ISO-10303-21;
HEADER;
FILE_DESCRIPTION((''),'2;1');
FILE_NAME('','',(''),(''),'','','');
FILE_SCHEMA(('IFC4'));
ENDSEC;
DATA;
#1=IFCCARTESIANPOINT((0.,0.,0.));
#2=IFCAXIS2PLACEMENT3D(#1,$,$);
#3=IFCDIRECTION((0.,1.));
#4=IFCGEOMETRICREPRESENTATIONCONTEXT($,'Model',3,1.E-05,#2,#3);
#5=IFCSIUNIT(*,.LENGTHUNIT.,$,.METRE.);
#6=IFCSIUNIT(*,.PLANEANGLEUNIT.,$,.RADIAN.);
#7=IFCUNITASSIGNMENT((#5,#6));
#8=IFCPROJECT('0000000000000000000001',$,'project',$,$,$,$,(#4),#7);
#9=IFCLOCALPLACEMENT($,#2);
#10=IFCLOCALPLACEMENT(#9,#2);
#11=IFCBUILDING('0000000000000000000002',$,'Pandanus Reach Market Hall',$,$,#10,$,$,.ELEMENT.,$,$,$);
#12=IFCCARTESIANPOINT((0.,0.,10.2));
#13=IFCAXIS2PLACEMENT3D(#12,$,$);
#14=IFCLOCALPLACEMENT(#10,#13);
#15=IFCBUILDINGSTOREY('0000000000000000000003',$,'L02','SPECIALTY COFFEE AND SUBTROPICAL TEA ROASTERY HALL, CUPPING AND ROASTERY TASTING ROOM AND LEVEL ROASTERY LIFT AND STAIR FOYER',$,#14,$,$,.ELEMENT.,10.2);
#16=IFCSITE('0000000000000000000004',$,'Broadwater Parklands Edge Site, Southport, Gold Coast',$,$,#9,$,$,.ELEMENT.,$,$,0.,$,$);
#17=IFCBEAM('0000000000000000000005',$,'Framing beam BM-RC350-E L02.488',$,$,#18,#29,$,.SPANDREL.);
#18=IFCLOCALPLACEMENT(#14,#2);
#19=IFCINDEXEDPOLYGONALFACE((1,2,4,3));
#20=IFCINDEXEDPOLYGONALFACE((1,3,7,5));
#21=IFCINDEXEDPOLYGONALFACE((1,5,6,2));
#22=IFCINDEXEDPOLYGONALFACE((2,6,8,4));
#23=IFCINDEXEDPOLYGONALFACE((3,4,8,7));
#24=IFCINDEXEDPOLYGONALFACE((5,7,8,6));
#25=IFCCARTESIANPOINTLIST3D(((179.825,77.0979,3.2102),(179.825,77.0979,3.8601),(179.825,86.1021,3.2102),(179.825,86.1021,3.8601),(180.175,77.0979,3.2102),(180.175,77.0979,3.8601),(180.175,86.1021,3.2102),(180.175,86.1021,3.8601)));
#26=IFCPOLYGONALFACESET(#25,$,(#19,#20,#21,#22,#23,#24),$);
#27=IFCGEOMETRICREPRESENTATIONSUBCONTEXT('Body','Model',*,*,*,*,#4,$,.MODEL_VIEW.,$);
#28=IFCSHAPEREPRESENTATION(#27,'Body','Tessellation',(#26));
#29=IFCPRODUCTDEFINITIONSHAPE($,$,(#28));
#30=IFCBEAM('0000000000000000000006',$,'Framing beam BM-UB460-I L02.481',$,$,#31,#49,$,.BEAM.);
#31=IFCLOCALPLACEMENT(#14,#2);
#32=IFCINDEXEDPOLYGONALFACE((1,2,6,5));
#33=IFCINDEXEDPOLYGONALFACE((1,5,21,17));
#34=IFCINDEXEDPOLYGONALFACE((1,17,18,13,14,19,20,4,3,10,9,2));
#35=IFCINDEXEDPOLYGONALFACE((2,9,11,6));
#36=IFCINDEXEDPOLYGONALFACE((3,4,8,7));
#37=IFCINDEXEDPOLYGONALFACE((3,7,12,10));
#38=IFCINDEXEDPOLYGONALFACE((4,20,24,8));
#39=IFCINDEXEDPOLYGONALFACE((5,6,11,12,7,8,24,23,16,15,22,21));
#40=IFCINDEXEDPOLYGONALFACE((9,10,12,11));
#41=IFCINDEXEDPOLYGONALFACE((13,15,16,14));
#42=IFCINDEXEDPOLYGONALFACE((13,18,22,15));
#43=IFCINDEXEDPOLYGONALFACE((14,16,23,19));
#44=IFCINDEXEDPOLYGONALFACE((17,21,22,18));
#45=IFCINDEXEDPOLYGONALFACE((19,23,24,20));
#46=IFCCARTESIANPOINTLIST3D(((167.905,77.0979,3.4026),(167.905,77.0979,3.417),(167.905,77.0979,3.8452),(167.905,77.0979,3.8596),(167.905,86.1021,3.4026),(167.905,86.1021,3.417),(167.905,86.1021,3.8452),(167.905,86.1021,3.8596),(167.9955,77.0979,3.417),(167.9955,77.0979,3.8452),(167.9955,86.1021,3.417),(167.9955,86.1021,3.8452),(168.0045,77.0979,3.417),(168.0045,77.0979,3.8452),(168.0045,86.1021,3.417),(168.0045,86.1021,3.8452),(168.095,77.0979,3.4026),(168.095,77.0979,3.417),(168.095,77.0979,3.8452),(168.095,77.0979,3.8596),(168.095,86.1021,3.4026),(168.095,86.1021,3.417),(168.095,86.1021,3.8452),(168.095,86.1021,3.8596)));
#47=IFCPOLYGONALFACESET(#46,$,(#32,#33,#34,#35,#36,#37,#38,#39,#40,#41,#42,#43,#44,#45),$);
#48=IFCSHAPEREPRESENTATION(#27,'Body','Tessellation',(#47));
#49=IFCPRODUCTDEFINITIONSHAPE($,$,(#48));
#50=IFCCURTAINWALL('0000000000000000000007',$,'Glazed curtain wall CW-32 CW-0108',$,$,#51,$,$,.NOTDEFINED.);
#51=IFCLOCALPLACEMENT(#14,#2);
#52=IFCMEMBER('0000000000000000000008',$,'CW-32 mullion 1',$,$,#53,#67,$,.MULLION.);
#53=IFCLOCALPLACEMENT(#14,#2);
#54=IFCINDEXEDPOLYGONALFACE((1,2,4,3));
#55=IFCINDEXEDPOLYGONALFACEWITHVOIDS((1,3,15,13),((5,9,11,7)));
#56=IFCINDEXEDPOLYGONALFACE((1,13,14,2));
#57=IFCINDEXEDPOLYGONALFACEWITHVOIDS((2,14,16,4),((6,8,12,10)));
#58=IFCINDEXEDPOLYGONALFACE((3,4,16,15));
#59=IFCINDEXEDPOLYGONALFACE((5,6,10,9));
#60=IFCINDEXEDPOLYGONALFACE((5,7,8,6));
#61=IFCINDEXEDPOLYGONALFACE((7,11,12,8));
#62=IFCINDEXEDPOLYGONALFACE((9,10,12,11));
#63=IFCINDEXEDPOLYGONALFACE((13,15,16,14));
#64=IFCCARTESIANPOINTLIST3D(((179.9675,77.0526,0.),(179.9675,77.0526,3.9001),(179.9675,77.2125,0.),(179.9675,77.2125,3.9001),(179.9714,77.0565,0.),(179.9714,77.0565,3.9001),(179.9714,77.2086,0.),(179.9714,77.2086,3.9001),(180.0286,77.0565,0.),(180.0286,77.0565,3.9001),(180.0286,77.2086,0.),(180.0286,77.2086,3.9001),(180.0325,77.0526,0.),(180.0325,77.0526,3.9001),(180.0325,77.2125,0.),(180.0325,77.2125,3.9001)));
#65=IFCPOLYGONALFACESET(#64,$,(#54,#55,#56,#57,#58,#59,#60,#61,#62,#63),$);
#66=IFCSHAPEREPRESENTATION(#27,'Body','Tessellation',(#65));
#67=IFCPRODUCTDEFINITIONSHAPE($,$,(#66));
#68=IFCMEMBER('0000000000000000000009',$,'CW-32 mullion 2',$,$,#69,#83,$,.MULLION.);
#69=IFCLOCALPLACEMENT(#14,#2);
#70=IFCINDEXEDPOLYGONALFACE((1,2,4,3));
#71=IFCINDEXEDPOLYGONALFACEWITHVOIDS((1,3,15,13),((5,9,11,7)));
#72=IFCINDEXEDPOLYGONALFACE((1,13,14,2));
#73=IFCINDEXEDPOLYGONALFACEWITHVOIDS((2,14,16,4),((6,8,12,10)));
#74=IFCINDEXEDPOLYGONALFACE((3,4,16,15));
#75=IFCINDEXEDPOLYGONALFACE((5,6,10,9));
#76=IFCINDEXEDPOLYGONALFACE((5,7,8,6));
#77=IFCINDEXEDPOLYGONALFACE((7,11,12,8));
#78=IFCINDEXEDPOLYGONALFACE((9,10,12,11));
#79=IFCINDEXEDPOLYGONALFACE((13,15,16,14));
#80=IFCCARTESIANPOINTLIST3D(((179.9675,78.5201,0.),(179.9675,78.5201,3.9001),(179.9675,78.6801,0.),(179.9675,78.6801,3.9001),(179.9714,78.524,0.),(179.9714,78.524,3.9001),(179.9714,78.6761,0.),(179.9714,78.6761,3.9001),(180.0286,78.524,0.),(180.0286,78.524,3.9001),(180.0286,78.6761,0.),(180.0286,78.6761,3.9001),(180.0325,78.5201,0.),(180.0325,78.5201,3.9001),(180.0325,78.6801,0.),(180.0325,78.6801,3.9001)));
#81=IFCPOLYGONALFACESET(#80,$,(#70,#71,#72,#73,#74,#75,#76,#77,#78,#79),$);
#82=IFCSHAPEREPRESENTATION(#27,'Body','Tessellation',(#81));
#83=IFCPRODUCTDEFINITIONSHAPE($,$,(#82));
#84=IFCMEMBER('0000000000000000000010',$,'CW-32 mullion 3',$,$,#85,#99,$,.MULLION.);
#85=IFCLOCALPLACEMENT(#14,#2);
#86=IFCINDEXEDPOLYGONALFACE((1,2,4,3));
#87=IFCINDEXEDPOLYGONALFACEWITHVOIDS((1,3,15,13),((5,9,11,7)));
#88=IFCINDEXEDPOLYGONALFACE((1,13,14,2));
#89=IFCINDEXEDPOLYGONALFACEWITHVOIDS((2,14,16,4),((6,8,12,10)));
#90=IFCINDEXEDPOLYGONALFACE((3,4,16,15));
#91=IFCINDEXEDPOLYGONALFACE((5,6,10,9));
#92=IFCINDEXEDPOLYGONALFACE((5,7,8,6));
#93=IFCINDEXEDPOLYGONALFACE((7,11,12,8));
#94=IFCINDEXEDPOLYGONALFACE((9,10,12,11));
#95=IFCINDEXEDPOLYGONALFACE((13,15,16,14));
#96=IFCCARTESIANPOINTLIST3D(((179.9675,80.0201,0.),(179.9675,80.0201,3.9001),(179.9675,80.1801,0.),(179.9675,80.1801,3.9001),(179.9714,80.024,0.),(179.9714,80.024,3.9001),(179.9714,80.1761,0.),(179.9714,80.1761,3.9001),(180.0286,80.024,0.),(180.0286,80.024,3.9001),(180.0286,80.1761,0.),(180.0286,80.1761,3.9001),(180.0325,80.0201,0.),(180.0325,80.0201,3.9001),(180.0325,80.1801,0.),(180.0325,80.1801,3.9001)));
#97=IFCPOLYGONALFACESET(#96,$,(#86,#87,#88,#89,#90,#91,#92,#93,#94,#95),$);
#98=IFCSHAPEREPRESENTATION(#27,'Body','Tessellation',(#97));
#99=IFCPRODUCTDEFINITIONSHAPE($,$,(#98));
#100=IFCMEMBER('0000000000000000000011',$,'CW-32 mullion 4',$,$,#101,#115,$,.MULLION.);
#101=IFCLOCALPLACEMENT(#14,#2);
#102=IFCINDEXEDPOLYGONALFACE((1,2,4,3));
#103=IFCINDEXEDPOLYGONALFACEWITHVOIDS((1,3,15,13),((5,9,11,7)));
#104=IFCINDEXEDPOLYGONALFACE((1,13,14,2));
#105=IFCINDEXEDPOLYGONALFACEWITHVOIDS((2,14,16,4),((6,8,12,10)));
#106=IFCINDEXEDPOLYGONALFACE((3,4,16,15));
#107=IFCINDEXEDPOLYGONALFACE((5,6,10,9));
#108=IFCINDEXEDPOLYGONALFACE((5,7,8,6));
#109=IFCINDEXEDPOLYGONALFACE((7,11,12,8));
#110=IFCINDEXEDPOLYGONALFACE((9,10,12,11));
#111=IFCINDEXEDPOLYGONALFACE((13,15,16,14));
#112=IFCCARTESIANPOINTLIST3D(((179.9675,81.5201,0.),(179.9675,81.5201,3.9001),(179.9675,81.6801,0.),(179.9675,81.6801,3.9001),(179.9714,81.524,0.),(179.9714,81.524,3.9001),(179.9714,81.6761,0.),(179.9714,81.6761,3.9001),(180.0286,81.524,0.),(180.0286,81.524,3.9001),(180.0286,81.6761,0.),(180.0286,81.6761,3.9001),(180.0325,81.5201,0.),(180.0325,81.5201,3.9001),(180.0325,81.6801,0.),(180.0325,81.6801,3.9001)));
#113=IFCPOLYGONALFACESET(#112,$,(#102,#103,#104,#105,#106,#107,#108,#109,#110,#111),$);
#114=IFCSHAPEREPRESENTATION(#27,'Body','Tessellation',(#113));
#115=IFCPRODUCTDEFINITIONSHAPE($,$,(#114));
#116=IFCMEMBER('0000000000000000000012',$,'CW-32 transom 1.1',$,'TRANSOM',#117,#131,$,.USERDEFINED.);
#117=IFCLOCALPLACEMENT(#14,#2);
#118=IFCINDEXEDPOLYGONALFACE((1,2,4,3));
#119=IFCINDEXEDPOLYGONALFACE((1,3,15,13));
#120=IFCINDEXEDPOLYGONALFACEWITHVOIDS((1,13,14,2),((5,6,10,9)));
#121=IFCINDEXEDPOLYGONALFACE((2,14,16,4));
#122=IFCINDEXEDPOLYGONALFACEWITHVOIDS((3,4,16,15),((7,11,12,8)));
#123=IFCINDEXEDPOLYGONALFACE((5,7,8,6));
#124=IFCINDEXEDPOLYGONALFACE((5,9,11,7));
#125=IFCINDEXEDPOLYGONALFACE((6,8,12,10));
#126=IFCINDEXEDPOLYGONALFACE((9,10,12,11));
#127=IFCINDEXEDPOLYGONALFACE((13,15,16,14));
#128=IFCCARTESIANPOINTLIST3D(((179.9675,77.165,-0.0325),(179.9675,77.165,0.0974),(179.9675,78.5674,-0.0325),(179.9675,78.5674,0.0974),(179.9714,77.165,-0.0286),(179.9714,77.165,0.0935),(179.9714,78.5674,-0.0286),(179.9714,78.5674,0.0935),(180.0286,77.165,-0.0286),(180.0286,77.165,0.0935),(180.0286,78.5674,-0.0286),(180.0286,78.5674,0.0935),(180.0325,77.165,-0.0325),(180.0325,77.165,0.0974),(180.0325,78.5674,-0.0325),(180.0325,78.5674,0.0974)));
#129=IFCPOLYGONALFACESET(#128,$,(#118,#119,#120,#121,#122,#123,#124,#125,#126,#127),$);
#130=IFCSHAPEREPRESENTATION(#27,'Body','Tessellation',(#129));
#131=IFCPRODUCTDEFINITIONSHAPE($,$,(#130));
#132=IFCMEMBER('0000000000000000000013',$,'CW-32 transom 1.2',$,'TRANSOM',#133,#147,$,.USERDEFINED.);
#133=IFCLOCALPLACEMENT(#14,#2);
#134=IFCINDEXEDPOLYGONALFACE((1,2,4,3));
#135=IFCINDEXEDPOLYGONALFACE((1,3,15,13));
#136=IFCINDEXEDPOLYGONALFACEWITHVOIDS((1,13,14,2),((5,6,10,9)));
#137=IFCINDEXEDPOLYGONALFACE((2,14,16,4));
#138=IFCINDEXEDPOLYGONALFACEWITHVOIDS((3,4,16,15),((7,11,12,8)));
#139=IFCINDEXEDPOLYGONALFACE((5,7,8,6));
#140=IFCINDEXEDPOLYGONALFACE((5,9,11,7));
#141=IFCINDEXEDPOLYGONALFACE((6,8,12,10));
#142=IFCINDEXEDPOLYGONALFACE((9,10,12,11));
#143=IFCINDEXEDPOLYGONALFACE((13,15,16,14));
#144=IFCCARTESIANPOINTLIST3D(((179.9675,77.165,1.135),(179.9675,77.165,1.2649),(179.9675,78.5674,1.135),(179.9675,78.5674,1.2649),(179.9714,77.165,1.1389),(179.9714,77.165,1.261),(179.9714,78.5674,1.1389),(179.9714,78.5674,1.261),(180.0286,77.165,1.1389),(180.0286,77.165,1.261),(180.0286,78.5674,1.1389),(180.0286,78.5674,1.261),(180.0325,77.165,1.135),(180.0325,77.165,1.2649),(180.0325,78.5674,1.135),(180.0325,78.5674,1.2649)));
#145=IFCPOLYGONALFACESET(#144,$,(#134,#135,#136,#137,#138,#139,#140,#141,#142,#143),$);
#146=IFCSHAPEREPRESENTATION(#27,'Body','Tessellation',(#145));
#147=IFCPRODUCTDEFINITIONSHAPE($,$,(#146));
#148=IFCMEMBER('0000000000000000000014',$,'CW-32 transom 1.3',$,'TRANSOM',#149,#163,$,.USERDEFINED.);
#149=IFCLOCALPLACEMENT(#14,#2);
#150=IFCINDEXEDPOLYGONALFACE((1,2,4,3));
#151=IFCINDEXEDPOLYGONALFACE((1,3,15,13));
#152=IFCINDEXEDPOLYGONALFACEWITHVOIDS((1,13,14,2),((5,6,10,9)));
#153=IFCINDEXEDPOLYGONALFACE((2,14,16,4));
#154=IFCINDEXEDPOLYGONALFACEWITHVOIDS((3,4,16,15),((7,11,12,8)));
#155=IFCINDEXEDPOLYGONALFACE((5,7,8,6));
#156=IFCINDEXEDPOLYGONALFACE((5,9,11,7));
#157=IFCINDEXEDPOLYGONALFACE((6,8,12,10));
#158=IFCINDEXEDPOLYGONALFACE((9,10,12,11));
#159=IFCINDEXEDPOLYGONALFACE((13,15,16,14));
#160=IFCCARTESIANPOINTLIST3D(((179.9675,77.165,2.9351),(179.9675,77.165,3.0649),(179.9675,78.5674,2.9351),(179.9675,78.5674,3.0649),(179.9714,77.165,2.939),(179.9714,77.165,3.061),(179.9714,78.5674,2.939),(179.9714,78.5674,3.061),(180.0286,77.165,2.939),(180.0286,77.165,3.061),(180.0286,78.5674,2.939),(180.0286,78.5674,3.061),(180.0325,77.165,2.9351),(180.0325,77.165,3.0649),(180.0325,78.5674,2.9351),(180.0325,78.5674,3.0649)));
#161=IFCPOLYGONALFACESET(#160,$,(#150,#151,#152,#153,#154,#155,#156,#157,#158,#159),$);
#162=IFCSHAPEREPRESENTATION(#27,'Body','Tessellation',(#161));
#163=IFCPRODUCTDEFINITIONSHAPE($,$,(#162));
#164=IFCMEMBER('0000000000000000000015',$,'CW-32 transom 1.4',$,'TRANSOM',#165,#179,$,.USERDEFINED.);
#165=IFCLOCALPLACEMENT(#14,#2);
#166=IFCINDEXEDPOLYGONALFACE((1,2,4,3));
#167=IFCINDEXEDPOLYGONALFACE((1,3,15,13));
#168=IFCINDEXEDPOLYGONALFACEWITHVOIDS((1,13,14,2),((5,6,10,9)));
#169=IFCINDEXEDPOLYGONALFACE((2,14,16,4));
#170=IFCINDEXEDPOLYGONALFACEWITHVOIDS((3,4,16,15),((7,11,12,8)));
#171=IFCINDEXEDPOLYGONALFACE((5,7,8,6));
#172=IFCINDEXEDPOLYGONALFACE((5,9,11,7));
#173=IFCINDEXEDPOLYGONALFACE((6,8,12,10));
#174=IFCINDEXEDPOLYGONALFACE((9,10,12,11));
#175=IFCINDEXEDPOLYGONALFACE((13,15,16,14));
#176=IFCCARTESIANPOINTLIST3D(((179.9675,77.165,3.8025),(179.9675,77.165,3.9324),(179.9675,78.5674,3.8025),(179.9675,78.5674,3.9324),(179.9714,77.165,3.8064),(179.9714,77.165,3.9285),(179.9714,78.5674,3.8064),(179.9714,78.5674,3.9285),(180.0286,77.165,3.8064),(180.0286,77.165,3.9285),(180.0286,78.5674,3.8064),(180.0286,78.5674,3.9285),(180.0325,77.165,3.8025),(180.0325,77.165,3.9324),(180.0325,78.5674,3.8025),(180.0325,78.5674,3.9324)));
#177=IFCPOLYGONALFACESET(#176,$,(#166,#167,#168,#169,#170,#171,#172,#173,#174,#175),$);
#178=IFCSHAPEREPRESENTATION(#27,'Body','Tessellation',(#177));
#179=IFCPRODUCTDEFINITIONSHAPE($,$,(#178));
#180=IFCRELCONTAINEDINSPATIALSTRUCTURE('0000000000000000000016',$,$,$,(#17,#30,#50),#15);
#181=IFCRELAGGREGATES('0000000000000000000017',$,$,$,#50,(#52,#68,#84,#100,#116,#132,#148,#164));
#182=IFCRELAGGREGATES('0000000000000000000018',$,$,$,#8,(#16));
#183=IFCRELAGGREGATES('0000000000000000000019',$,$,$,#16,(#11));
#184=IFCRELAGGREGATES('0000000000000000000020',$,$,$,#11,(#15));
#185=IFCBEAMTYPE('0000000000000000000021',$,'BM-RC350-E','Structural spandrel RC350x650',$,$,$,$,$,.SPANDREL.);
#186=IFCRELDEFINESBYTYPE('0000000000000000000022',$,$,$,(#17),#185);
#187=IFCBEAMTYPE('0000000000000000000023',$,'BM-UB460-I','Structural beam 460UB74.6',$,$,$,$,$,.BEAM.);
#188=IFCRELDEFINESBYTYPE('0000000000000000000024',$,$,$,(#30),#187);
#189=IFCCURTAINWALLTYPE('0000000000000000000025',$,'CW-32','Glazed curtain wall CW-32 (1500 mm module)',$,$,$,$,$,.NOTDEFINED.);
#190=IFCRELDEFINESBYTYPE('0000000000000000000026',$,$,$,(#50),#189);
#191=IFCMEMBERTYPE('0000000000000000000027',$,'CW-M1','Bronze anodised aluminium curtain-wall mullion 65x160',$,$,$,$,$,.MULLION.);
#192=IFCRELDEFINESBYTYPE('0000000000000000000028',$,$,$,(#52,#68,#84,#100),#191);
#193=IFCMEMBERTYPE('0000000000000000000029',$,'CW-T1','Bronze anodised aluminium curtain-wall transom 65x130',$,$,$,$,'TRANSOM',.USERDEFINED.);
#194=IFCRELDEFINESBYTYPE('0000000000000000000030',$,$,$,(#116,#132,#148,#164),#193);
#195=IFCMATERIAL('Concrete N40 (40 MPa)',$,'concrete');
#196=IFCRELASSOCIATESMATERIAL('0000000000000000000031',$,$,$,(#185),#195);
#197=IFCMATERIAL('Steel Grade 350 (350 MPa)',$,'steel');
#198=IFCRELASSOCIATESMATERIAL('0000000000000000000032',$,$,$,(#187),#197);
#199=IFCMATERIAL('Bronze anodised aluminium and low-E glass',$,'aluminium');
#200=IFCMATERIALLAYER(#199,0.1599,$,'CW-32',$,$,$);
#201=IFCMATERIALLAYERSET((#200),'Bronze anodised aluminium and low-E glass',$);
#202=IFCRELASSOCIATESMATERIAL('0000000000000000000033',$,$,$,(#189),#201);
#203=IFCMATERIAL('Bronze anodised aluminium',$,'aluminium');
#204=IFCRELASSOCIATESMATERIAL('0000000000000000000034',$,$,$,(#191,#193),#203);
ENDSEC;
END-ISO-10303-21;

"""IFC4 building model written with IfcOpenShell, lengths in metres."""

from ifc_helpers import new_model, si_unit, direction, frame, origin, origin_2d, place, context, subcontext, project, spatial, rectangle, hollow_rectangle, i_section, extrude, material, layer, layer_set, material_profile, profile_set, type_object, element, aggregate, save


model = new_model("IFC4")

# Units and contexts
model_context = context("Model", 3, precision=1e-05, world=origin(), true_north=direction((0.0, 1.0)))
body_context = subcontext(model_context, "Body", "Model", "MODEL_VIEW")
ifc_project = project(units=[si_unit("LENGTHUNIT", "METRE"), si_unit("PLANEANGLEUNIT", "RADIAN")], contexts=[model_context])

# Site, building, storey
site_placement = place(None, origin())
site = spatial("IfcSite", under=ifc_project, at=site_placement, Name="Broadwater Parklands Edge Site, Southport, Gold Coast", CompositionType="ELEMENT", RefElevation=0.0)
building_placement = place(site_placement, origin())
building = spatial("IfcBuilding", under=site, at=building_placement, Name="Pandanus Reach Market Hall", CompositionType="ELEMENT")
storey_placement = place(building_placement, frame((0.0, 0.0, 10.2)))
storey = spatial("IfcBuildingStorey", under=building, at=storey_placement, Name="L02", Description="SPECIALTY COFFEE AND SUBTROPICAL TEA ROASTERY HALL, CUPPING AND ROASTERY TASTING ROOM AND LEVEL ROASTERY LIFT AND STAIR FOYER", CompositionType="ELEMENT", Elevation=10.2)

# Beams
ifc_material_1 = material(Name="Concrete N40 (40 MPa)", Category="concrete")
ifc_material_profile_1 = material_profile(ifc_material_1, rectangle(XDim=0.3501, YDim=0.6499, at=origin_2d()), Name="RC350x650", Category="LoadBearing")
ifc_profile_set_1 = profile_set([ifc_material_profile_1], Name="Concrete N40 (40 MPa)")
beam_type_1 = type_object("IfcBeamType", Name="BM-RC350-E", Description="Structural spandrel RC350x650", PredefinedType="SPANDREL", material=ifc_profile_set_1)
beam_1_placement = place(storey_placement, frame((180.0, 77.0979, 3.5352), z_axis=(0.0, 1.0, 0.0), x_axis=(-1.0, 0.0, 0.0)))
element("IfcBeam", 1, at=beam_1_placement, inside=storey, type_object=beam_type_1, Name="Framing beam BM-RC350-E L02.488", PredefinedType="SPANDREL", context=body_context, shape_type="SweptSolid", body=[
    extrude(rectangle(XDim=0.3501, YDim=0.6499, at=origin_2d()), origin(), (0.0, 0.0, 1.0), 9.0042),
])
ifc_material_2 = material(Name="Steel Grade 350 (350 MPa)", Category="steel")
ifc_material_profile_2 = material_profile(ifc_material_2, i_section(OverallWidth=0.1899, OverallDepth=0.457, WebThickness=0.009, FlangeThickness=0.0144, at=origin_2d()), Name="460UB74.6", Category="LoadBearing")
ifc_profile_set_2 = profile_set([ifc_material_profile_2], Name="Steel Grade 350 (350 MPa)")
beam_type_2 = type_object("IfcBeamType", Name="BM-UB460-I", Description="Structural beam 460UB74.6", PredefinedType="BEAM", material=ifc_profile_set_2)
beam_2_placement = place(storey_placement, frame((168.0, 77.0979, 3.6311), z_axis=(0.0, 1.0, 0.0), x_axis=(-1.0, 0.0, 0.0)))
element("IfcBeam", 2, at=beam_2_placement, inside=storey, type_object=beam_type_2, Name="Framing beam BM-UB460-I L02.481", PredefinedType="BEAM", context=body_context, shape_type="SweptSolid", body=[
    extrude(i_section(OverallWidth=0.1899, OverallDepth=0.457, WebThickness=0.009, FlangeThickness=0.0144, at=origin_2d()), origin(), (0.0, 0.0, 1.0), 9.0042),
])

# Curtain wall, members
ifc_material_3 = material(Name="Bronze anodised aluminium and low-E glass", Category="aluminium")
ifc_layer_1 = layer(ifc_material_3, 0.1599, Name="CW-32")
ifc_layer_set_1 = layer_set([ifc_layer_1], Name="Bronze anodised aluminium and low-E glass")
curtain_wall_type = type_object("IfcCurtainWallType", Name="CW-32", Description="Glazed curtain wall CW-32 (1500 mm module)", PredefinedType="NOTDEFINED", material=ifc_layer_set_1)
curtain_wall_placement = place(storey_placement, origin())
curtain_wall = element("IfcCurtainWall", 3, at=curtain_wall_placement, inside=storey, type_object=curtain_wall_type, Name="Glazed curtain wall CW-32 CW-0108", PredefinedType="NOTDEFINED")
ifc_material_4 = material(Name="Bronze anodised aluminium", Category="aluminium")
ifc_material_profile_3 = material_profile(ifc_material_4, hollow_rectangle(XDim=0.0649, YDim=0.1599, WallThickness=0.0039, at=origin_2d()), Name="ALU65x160", Category="LoadBearing")
ifc_profile_set_3 = profile_set([ifc_material_profile_3], Name="Bronze anodised aluminium")
member_type_1 = type_object("IfcMemberType", Name="CW-M1", Description="Bronze anodised aluminium curtain-wall mullion 65x160", PredefinedType="MULLION", material=ifc_profile_set_3)
member_1_placement = place(storey_placement, frame((180.0, 77.1326, 0.0), z_axis=(0.0, 0.0, 1.0), x_axis=(-1.0, 0.0, 0.0)))
member_1 = element("IfcMember", 4, at=member_1_placement, type_object=member_type_1, Name="CW-32 mullion 1", PredefinedType="MULLION", context=body_context, shape_type="SweptSolid", body=[
    extrude(hollow_rectangle(XDim=0.0649, YDim=0.1599, WallThickness=0.0039, at=origin_2d()), origin(), (0.0, 0.0, 1.0), 3.9001),
])
member_2_placement = place(storey_placement, frame((180.0, 78.6001, 0.0), z_axis=(0.0, 0.0, 1.0), x_axis=(-1.0, 0.0, 0.0)))
member_2 = element("IfcMember", 5, at=member_2_placement, type_object=member_type_1, Name="CW-32 mullion 2", PredefinedType="MULLION", context=body_context, shape_type="SweptSolid", body=[
    extrude(hollow_rectangle(XDim=0.0649, YDim=0.1599, WallThickness=0.0039, at=origin_2d()), origin(), (0.0, 0.0, 1.0), 3.9001),
])
member_3_placement = place(storey_placement, frame((180.0, 80.1001, 0.0), z_axis=(0.0, 0.0, 1.0), x_axis=(-1.0, 0.0, 0.0)))
member_3 = element("IfcMember", 6, at=member_3_placement, type_object=member_type_1, Name="CW-32 mullion 3", PredefinedType="MULLION", context=body_context, shape_type="SweptSolid", body=[
    extrude(hollow_rectangle(XDim=0.0649, YDim=0.1599, WallThickness=0.0039, at=origin_2d()), origin(), (0.0, 0.0, 1.0), 3.9001),
])
member_4_placement = place(storey_placement, frame((180.0, 81.6001, 0.0), z_axis=(0.0, 0.0, 1.0), x_axis=(-1.0, 0.0, 0.0)))
member_4 = element("IfcMember", 7, at=member_4_placement, type_object=member_type_1, Name="CW-32 mullion 4", PredefinedType="MULLION", context=body_context, shape_type="SweptSolid", body=[
    extrude(hollow_rectangle(XDim=0.0649, YDim=0.1599, WallThickness=0.0039, at=origin_2d()), origin(), (0.0, 0.0, 1.0), 3.9001),
])
ifc_material_profile_4 = material_profile(ifc_material_4, hollow_rectangle(XDim=0.0649, YDim=0.1299, WallThickness=0.0039, at=origin_2d()), Name="ALU65x130", Category="LoadBearing")
ifc_profile_set_4 = profile_set([ifc_material_profile_4], Name="Bronze anodised aluminium")
member_type_2 = type_object("IfcMemberType", Name="CW-T1", Description="Bronze anodised aluminium curtain-wall transom 65x130", ElementType="TRANSOM", PredefinedType="USERDEFINED", material=ifc_profile_set_4)
member_5_placement = place(storey_placement, frame((180.0, 77.165, 0.0325), z_axis=(0.0, 1.0, 0.0), x_axis=(-1.0, 0.0, 0.0)))
member_5 = element("IfcMember", 8, at=member_5_placement, type_object=member_type_2, Name="CW-32 transom 1.1", ObjectType="TRANSOM", PredefinedType="USERDEFINED", context=body_context, shape_type="SweptSolid", body=[
    extrude(hollow_rectangle(XDim=0.0649, YDim=0.1299, WallThickness=0.0039, at=origin_2d()), origin(), (0.0, 0.0, 1.0), 1.4023),
])
member_6_placement = place(storey_placement, frame((180.0, 77.165, 1.2), z_axis=(0.0, 1.0, 0.0), x_axis=(-1.0, 0.0, 0.0)))
member_6 = element("IfcMember", 9, at=member_6_placement, type_object=member_type_2, Name="CW-32 transom 1.2", ObjectType="TRANSOM", PredefinedType="USERDEFINED", context=body_context, shape_type="SweptSolid", body=[
    extrude(hollow_rectangle(XDim=0.0649, YDim=0.1299, WallThickness=0.0039, at=origin_2d()), origin(), (0.0, 0.0, 1.0), 1.4023),
])
member_7_placement = place(storey_placement, frame((180.0, 77.165, 3.0), z_axis=(0.0, 1.0, 0.0), x_axis=(-1.0, 0.0, 0.0)))
member_7 = element("IfcMember", 10, at=member_7_placement, type_object=member_type_2, Name="CW-32 transom 1.3", ObjectType="TRANSOM", PredefinedType="USERDEFINED", context=body_context, shape_type="SweptSolid", body=[
    extrude(hollow_rectangle(XDim=0.0649, YDim=0.1299, WallThickness=0.0039, at=origin_2d()), origin(), (0.0, 0.0, 1.0), 1.4023),
])
member_8_placement = place(storey_placement, frame((180.0, 77.165, 3.8674), z_axis=(0.0, 1.0, 0.0), x_axis=(-1.0, 0.0, 0.0)))
member_8 = element("IfcMember", 11, at=member_8_placement, type_object=member_type_2, Name="CW-32 transom 1.4", ObjectType="TRANSOM", PredefinedType="USERDEFINED", context=body_context, shape_type="SweptSolid", body=[
    extrude(hollow_rectangle(XDim=0.0649, YDim=0.1299, WallThickness=0.0039, at=origin_2d()), origin(), (0.0, 0.0, 1.0), 1.4023),
])
aggregate(curtain_wall, [member_1, member_2, member_3, member_4, member_5, member_6, member_7, member_8])

save(model, "model.ifc")
